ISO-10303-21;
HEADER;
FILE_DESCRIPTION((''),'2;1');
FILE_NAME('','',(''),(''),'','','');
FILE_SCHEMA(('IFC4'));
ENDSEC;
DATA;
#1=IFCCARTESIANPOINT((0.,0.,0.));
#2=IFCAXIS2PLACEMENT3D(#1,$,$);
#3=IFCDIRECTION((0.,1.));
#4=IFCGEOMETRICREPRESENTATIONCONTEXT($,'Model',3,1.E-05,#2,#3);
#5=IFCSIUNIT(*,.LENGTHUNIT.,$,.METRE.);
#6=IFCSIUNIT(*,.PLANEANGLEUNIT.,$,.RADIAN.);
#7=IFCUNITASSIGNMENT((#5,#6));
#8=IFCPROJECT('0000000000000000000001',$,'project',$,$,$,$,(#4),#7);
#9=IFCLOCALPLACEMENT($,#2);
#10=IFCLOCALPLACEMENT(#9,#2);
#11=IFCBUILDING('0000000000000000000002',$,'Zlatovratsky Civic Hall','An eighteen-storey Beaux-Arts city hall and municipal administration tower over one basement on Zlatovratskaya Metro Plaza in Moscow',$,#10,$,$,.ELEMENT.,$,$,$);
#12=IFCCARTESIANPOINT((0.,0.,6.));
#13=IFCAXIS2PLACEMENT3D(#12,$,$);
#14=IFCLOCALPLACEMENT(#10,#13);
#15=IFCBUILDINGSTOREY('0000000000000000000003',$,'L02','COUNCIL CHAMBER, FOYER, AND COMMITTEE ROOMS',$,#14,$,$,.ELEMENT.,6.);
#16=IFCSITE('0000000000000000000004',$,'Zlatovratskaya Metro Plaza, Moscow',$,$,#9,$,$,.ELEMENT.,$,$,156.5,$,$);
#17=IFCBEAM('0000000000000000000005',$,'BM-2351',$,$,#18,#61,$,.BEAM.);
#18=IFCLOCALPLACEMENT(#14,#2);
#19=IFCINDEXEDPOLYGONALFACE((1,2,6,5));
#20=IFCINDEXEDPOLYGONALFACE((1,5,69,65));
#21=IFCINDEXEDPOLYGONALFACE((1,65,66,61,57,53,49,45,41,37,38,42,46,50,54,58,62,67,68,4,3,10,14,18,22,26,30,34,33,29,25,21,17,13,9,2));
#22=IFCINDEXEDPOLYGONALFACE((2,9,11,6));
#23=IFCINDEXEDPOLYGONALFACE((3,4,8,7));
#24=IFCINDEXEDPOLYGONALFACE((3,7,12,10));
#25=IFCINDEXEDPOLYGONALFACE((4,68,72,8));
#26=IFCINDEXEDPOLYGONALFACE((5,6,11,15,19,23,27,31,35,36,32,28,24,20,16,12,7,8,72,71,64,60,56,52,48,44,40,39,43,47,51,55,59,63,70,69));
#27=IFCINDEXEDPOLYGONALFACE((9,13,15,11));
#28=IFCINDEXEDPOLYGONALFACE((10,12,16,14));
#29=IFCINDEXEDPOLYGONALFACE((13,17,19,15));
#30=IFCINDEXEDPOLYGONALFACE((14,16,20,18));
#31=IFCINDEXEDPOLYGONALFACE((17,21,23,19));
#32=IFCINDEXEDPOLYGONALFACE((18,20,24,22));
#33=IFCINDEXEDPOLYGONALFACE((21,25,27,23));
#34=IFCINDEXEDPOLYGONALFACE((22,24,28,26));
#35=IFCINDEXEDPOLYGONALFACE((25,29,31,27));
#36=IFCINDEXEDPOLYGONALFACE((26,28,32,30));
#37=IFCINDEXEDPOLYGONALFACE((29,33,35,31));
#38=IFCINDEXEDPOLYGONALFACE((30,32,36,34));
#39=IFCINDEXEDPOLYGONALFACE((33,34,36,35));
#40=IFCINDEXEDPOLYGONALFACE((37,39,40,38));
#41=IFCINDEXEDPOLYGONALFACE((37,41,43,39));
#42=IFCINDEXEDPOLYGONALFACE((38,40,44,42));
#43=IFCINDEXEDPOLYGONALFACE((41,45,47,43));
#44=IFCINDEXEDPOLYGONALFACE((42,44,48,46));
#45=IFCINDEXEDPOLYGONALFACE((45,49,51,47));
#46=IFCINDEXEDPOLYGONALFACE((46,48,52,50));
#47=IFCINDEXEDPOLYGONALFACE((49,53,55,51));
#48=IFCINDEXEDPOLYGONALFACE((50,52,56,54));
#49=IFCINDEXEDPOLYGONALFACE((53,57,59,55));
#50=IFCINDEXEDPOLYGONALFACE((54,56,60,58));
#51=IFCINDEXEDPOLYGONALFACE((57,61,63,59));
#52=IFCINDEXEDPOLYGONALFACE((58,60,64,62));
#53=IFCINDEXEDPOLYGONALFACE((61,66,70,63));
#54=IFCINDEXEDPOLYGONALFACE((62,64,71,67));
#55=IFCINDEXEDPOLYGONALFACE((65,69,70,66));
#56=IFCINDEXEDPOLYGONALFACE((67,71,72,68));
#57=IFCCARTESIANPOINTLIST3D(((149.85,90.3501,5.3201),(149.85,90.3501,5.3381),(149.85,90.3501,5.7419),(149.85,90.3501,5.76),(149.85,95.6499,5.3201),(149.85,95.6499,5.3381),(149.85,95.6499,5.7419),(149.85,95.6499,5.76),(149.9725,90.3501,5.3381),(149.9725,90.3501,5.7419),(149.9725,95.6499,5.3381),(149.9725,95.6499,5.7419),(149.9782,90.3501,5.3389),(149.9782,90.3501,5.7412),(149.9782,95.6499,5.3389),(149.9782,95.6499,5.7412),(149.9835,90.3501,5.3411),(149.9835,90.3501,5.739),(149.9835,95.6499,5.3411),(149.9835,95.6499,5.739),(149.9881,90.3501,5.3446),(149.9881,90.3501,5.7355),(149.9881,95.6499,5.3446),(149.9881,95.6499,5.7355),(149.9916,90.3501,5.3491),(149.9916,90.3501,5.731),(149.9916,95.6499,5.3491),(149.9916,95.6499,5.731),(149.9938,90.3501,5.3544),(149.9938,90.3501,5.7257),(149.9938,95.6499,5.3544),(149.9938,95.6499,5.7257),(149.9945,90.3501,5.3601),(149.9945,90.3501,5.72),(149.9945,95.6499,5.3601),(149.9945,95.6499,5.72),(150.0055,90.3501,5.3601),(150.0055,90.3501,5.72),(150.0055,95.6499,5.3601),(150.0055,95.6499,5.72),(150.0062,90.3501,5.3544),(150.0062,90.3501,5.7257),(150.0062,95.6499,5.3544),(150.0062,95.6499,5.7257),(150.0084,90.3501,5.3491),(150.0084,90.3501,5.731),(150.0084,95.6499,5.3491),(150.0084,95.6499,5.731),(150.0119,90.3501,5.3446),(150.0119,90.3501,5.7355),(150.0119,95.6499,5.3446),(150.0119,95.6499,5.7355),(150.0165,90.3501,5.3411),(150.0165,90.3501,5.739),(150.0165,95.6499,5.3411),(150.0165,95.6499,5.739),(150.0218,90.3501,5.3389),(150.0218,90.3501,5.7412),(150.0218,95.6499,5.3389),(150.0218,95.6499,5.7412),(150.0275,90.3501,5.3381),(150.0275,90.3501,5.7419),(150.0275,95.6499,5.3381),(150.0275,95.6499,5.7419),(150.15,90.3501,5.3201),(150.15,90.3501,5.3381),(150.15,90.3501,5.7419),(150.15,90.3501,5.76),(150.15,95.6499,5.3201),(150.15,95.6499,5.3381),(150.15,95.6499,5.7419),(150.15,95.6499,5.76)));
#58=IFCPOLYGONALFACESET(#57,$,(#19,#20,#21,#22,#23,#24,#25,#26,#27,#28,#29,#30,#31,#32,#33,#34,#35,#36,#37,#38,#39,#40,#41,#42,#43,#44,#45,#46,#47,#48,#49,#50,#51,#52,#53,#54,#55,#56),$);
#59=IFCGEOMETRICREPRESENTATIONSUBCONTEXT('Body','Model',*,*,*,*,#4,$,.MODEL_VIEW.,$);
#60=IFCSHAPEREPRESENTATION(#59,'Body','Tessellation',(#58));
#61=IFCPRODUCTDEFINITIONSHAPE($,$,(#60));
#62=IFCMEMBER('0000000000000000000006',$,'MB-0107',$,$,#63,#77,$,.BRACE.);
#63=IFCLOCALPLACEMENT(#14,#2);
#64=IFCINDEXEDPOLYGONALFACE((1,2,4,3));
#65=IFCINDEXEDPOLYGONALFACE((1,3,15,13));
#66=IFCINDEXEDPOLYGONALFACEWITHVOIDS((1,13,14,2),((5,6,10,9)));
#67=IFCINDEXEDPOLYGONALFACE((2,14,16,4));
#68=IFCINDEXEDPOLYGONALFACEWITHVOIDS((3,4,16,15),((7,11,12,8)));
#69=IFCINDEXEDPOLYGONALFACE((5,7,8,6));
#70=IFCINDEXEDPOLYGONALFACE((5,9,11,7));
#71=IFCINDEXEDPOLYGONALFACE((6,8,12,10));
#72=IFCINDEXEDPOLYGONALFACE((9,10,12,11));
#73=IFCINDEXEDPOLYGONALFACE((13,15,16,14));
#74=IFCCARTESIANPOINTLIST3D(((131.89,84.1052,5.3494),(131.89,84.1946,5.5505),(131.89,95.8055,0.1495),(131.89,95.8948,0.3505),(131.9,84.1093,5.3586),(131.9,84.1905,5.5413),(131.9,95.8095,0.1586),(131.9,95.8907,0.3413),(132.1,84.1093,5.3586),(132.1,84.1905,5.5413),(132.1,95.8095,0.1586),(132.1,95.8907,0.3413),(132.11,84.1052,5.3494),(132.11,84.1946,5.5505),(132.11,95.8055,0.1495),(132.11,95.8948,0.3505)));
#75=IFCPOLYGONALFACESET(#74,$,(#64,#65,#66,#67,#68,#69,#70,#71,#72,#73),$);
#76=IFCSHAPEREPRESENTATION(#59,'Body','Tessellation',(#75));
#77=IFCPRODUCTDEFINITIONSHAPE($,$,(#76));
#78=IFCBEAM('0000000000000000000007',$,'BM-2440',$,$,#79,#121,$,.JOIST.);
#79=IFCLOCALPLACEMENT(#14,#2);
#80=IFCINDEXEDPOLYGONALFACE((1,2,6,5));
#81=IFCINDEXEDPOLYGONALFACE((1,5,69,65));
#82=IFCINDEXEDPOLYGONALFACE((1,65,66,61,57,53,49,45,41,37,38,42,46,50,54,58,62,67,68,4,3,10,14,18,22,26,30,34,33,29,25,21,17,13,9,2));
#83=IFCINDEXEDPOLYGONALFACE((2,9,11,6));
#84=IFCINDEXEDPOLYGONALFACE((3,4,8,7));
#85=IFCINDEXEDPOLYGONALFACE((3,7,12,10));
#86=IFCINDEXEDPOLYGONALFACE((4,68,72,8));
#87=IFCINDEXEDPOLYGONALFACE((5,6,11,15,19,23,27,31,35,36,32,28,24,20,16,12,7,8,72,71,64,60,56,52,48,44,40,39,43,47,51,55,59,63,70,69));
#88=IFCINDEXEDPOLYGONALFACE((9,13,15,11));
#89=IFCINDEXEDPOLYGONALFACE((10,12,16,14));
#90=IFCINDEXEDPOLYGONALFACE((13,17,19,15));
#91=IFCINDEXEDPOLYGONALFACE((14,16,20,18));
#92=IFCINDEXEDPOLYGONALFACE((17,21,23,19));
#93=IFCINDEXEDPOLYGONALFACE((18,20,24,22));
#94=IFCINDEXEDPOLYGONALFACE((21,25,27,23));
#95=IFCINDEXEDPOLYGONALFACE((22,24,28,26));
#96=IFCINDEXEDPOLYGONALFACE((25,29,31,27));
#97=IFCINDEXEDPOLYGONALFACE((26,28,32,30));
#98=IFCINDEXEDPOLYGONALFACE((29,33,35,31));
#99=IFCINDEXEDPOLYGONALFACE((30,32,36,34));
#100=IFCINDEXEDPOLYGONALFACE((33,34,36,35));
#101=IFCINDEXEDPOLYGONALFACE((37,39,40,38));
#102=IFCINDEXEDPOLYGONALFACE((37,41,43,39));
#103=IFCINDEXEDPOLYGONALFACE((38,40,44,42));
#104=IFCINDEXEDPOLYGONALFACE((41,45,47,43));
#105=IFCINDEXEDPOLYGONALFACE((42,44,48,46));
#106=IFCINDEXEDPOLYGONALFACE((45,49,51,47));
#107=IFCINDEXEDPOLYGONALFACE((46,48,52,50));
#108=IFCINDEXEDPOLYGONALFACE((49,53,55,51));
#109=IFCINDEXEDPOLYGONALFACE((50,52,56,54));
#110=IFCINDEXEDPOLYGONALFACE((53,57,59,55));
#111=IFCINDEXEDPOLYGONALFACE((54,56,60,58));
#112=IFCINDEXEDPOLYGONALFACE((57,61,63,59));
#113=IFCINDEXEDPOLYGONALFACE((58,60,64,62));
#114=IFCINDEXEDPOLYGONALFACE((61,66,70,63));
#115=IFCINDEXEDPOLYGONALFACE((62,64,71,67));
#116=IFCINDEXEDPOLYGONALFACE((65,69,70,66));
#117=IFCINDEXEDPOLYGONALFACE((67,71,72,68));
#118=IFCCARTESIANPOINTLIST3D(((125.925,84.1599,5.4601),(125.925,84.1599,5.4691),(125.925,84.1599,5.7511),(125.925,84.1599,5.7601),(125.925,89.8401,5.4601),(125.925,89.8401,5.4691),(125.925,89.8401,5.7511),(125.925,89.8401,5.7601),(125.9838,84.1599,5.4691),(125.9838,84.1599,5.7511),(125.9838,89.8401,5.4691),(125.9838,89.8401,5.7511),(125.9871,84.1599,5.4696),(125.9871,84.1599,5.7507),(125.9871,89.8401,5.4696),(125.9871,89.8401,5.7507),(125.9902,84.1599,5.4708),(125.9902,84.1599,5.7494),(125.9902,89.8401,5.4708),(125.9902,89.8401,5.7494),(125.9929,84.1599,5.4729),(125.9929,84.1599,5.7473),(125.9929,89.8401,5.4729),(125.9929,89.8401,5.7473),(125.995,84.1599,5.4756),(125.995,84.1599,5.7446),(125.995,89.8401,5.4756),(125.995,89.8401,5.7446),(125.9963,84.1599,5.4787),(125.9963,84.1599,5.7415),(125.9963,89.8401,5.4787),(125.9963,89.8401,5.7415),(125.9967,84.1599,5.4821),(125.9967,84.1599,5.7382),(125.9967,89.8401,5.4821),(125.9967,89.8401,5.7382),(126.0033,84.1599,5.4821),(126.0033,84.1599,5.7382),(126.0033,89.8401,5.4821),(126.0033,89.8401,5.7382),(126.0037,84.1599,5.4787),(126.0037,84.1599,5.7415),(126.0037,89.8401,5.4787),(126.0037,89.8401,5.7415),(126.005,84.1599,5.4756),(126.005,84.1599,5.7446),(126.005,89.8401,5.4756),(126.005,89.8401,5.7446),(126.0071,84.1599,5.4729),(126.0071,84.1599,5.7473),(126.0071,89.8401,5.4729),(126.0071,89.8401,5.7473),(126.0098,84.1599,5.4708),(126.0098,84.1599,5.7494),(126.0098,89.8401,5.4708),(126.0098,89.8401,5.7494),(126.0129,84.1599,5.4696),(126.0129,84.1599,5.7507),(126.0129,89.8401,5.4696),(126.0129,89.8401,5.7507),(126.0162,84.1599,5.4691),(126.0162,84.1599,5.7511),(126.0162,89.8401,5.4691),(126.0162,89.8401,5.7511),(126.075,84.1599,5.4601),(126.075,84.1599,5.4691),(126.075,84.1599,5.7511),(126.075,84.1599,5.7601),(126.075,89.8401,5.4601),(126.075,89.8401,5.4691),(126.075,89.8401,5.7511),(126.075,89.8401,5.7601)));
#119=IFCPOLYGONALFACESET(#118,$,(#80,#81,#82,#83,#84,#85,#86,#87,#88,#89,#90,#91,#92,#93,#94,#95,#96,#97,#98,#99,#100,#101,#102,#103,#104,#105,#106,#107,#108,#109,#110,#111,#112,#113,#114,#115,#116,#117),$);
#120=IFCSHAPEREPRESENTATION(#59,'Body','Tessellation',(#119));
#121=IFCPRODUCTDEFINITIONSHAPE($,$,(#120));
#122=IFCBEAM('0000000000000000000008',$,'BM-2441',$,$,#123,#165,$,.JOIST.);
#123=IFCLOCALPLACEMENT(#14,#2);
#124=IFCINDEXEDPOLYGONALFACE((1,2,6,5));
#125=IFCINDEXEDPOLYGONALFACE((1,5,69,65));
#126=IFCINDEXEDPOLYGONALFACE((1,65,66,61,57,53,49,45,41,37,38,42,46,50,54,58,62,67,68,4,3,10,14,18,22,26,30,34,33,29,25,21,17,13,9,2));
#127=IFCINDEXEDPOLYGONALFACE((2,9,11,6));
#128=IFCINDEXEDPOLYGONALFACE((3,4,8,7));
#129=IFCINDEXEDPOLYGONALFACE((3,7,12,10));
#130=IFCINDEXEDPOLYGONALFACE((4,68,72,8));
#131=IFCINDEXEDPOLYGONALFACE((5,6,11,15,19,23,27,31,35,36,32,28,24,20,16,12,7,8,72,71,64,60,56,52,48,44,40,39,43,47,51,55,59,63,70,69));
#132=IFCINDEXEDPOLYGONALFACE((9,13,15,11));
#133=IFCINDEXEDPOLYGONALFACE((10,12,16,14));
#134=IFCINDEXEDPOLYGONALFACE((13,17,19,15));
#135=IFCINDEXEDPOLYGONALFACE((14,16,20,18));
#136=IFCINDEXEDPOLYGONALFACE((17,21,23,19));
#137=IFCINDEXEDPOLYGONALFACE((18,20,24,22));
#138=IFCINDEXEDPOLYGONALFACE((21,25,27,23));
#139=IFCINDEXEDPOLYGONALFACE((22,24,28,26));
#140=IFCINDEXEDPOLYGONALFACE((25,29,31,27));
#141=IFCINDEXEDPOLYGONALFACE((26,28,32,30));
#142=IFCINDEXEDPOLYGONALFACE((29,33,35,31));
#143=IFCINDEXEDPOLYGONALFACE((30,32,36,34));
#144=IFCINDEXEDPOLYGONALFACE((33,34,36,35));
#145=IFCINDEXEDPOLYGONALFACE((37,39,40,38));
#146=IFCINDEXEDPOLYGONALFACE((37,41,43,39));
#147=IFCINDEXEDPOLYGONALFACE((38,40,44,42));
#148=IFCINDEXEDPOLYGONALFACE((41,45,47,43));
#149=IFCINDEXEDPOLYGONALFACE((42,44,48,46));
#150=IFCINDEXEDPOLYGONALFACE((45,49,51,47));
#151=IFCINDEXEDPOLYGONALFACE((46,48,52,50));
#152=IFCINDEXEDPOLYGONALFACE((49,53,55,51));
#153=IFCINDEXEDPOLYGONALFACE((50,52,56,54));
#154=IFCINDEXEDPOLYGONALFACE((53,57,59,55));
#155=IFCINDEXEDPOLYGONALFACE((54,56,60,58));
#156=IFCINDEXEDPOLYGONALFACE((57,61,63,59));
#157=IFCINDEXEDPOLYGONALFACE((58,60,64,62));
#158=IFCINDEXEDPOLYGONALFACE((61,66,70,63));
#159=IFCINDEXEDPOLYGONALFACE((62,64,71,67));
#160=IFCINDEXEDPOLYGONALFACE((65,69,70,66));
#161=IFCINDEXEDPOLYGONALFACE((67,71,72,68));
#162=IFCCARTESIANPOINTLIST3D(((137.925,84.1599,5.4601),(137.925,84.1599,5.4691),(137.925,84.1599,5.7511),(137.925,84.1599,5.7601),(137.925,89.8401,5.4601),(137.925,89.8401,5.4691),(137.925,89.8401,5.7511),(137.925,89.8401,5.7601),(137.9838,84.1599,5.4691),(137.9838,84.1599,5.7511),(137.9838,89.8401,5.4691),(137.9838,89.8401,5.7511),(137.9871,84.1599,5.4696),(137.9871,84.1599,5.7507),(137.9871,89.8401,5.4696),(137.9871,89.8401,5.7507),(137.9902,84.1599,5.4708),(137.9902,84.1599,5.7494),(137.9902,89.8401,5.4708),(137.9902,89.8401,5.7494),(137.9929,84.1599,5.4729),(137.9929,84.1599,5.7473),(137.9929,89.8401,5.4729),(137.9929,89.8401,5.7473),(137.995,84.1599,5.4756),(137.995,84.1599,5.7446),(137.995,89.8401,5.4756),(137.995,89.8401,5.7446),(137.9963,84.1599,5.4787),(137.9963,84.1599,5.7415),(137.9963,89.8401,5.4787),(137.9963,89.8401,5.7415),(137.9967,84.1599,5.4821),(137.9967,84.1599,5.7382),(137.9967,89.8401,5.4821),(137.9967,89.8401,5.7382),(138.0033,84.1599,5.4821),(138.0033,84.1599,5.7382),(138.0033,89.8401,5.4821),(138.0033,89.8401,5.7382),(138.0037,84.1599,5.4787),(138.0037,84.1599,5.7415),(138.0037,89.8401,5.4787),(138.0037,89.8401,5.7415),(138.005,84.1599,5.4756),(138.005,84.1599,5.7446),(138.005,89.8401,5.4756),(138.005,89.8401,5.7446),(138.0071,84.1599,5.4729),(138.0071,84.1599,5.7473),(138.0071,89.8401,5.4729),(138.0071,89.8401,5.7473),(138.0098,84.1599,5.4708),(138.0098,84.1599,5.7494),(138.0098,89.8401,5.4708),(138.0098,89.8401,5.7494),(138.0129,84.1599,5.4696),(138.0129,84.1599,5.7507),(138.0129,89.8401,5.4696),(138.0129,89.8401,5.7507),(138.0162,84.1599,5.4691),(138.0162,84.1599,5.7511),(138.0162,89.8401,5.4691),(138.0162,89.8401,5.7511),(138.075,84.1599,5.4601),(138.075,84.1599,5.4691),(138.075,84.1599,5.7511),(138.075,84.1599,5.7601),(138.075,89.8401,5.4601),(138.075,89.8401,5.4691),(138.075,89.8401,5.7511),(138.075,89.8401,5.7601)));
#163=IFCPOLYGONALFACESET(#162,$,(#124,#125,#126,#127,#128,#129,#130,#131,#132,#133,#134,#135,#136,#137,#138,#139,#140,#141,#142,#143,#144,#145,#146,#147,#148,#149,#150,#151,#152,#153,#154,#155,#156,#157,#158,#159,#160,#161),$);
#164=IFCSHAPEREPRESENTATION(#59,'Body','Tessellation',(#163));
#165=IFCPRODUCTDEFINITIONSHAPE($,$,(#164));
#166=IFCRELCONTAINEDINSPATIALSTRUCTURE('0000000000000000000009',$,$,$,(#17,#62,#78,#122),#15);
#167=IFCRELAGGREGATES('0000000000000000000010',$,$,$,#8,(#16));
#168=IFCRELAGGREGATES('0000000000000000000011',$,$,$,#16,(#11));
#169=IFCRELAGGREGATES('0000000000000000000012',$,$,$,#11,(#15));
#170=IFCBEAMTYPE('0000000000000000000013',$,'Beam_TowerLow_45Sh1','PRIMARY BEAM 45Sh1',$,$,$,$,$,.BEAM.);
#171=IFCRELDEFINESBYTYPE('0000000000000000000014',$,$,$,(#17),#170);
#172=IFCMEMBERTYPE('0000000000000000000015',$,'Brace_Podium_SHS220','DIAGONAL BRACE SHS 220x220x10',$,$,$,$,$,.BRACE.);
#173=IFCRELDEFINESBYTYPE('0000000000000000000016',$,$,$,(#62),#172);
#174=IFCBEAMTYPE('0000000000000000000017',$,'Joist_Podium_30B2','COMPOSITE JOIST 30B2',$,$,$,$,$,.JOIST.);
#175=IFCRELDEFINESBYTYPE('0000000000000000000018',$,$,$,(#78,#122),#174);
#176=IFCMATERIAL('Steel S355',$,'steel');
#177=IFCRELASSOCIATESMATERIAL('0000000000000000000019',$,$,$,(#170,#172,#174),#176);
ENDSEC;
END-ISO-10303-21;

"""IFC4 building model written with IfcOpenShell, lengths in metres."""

from ifc_helpers import new_model, si_unit, direction, frame, origin, origin_2d, place, context, subcontext, project, spatial, hollow_rectangle, i_section, extrude, material, material_profile, profile_set, type_object, element, save


model = new_model("IFC4")

# Units and contexts
model_context = context("Model", 3, precision=1e-05, world=origin(), true_north=direction((0.0, 1.0)))
body_context = subcontext(model_context, "Body", "Model", "MODEL_VIEW")
ifc_project = project(units=[si_unit("LENGTHUNIT", "METRE"), si_unit("PLANEANGLEUNIT", "RADIAN")], contexts=[model_context])

# Site, building, storey
site_placement = place(None, origin())
site = spatial("IfcSite", under=ifc_project, at=site_placement, Name="Zlatovratskaya Metro Plaza, Moscow", CompositionType="ELEMENT", RefElevation=156.5)
building_placement = place(site_placement, origin())
building = spatial("IfcBuilding", under=site, at=building_placement, Name="Zlatovratsky Civic Hall", Description="An eighteen-storey Beaux-Arts city hall and municipal administration tower over one basement on Zlatovratskaya Metro Plaza in Moscow", CompositionType="ELEMENT")
storey_placement = place(building_placement, frame((0.0, 0.0, 6.0)))
storey = spatial("IfcBuildingStorey", under=building, at=storey_placement, Name="L02", Description="COUNCIL CHAMBER, FOYER, AND COMMITTEE ROOMS", CompositionType="ELEMENT", Elevation=6.0)

# Shared definitions
ifc_material_1 = material(Name="Steel S355", Category="steel")

# Beam
ifc_material_profile_1 = material_profile(ifc_material_1, i_section(OverallWidth=0.3, OverallDepth=0.4399, WebThickness=0.011, FlangeThickness=0.0181, FilletRadius=0.022, at=origin_2d()), Name="45Sh1")
ifc_profile_set_1 = profile_set([ifc_material_profile_1], Name="Steel S355")
beam_type_1 = type_object("IfcBeamType", Name="Beam_TowerLow_45Sh1", Description="PRIMARY BEAM 45Sh1", PredefinedType="BEAM", material=ifc_profile_set_1)
for number, where, z_axis, x_axis, name in (
    (1, (150.0, 90.3501, 5.54), (0.0, 1.0, 0.0), (-1.0, 0.0, 0.0), "BM-2351"),
):
    element("IfcBeam", number, at=place(storey_placement, frame(where, z_axis=z_axis, x_axis=x_axis)), inside=storey, type_object=beam_type_1, Name=name, PredefinedType="BEAM", context=body_context, shape_type="SweptSolid", body=[
        extrude(i_section(OverallWidth=0.3, OverallDepth=0.4399, WebThickness=0.011, FlangeThickness=0.0181, FilletRadius=0.022, at=origin_2d()), origin(), (0.0, 0.0, 1.0), 5.2998),
    ])

# Member
ifc_material_profile_2 = material_profile(ifc_material_1, hollow_rectangle(XDim=0.22, YDim=0.22, WallThickness=0.01, at=origin_2d()), Name="SHS 220x220x10")
ifc_profile_set_2 = profile_set([ifc_material_profile_2], Name="Steel S355")
member_type = type_object("IfcMemberType", Name="Brace_Podium_SHS220", Description="DIAGONAL BRACE SHS 220x220x10", PredefinedType="BRACE", material=ifc_profile_set_2)
member_placement = place(storey_placement, frame((132.0, 84.1499, 5.45), z_axis=(0.0, 0.913815, -0.40613), x_axis=(-1.0, 0.0, 0.0)))
element("IfcMember", 2, at=member_placement, inside=storey, type_object=member_type, Name="MB-0107", PredefinedType="BRACE", context=body_context, shape_type="SweptSolid", body=[
    extrude(hollow_rectangle(XDim=0.22, YDim=0.22, WallThickness=0.01, at=origin_2d()), origin(), (0.0, 0.0, 1.0), 12.8037),
])

# Beams
ifc_material_profile_3 = material_profile(ifc_material_1, i_section(OverallWidth=0.1499, OverallDepth=0.3, WebThickness=0.0066, FlangeThickness=0.009, FilletRadius=0.0129, at=origin_2d()), Name="30B2")
ifc_profile_set_3 = profile_set([ifc_material_profile_3], Name="Steel S355")
beam_type_2 = type_object("IfcBeamType", Name="Joist_Podium_30B2", Description="COMPOSITE JOIST 30B2", PredefinedType="JOIST", material=ifc_profile_set_3)
for number, where, z_axis, x_axis, name in (
    (3, (126.0, 84.1599, 5.6101), (0.0, 1.0, 0.0), (-1.0, 0.0, 0.0), "BM-2440"),
    (4, (138.0, 84.1599, 5.6101), (0.0, 1.0, 0.0), (-1.0, 0.0, 0.0), "BM-2441"),
):
    element("IfcBeam", number, at=place(storey_placement, frame(where, z_axis=z_axis, x_axis=x_axis)), inside=storey, type_object=beam_type_2, Name=name, PredefinedType="JOIST", context=body_context, shape_type="SweptSolid", body=[
        extrude(i_section(OverallWidth=0.1499, OverallDepth=0.3, WebThickness=0.0066, FlangeThickness=0.009, FilletRadius=0.0129, at=origin_2d()), origin(), (0.0, 0.0, 1.0), 5.6802),
    ])

save(model, "model.ifc")
